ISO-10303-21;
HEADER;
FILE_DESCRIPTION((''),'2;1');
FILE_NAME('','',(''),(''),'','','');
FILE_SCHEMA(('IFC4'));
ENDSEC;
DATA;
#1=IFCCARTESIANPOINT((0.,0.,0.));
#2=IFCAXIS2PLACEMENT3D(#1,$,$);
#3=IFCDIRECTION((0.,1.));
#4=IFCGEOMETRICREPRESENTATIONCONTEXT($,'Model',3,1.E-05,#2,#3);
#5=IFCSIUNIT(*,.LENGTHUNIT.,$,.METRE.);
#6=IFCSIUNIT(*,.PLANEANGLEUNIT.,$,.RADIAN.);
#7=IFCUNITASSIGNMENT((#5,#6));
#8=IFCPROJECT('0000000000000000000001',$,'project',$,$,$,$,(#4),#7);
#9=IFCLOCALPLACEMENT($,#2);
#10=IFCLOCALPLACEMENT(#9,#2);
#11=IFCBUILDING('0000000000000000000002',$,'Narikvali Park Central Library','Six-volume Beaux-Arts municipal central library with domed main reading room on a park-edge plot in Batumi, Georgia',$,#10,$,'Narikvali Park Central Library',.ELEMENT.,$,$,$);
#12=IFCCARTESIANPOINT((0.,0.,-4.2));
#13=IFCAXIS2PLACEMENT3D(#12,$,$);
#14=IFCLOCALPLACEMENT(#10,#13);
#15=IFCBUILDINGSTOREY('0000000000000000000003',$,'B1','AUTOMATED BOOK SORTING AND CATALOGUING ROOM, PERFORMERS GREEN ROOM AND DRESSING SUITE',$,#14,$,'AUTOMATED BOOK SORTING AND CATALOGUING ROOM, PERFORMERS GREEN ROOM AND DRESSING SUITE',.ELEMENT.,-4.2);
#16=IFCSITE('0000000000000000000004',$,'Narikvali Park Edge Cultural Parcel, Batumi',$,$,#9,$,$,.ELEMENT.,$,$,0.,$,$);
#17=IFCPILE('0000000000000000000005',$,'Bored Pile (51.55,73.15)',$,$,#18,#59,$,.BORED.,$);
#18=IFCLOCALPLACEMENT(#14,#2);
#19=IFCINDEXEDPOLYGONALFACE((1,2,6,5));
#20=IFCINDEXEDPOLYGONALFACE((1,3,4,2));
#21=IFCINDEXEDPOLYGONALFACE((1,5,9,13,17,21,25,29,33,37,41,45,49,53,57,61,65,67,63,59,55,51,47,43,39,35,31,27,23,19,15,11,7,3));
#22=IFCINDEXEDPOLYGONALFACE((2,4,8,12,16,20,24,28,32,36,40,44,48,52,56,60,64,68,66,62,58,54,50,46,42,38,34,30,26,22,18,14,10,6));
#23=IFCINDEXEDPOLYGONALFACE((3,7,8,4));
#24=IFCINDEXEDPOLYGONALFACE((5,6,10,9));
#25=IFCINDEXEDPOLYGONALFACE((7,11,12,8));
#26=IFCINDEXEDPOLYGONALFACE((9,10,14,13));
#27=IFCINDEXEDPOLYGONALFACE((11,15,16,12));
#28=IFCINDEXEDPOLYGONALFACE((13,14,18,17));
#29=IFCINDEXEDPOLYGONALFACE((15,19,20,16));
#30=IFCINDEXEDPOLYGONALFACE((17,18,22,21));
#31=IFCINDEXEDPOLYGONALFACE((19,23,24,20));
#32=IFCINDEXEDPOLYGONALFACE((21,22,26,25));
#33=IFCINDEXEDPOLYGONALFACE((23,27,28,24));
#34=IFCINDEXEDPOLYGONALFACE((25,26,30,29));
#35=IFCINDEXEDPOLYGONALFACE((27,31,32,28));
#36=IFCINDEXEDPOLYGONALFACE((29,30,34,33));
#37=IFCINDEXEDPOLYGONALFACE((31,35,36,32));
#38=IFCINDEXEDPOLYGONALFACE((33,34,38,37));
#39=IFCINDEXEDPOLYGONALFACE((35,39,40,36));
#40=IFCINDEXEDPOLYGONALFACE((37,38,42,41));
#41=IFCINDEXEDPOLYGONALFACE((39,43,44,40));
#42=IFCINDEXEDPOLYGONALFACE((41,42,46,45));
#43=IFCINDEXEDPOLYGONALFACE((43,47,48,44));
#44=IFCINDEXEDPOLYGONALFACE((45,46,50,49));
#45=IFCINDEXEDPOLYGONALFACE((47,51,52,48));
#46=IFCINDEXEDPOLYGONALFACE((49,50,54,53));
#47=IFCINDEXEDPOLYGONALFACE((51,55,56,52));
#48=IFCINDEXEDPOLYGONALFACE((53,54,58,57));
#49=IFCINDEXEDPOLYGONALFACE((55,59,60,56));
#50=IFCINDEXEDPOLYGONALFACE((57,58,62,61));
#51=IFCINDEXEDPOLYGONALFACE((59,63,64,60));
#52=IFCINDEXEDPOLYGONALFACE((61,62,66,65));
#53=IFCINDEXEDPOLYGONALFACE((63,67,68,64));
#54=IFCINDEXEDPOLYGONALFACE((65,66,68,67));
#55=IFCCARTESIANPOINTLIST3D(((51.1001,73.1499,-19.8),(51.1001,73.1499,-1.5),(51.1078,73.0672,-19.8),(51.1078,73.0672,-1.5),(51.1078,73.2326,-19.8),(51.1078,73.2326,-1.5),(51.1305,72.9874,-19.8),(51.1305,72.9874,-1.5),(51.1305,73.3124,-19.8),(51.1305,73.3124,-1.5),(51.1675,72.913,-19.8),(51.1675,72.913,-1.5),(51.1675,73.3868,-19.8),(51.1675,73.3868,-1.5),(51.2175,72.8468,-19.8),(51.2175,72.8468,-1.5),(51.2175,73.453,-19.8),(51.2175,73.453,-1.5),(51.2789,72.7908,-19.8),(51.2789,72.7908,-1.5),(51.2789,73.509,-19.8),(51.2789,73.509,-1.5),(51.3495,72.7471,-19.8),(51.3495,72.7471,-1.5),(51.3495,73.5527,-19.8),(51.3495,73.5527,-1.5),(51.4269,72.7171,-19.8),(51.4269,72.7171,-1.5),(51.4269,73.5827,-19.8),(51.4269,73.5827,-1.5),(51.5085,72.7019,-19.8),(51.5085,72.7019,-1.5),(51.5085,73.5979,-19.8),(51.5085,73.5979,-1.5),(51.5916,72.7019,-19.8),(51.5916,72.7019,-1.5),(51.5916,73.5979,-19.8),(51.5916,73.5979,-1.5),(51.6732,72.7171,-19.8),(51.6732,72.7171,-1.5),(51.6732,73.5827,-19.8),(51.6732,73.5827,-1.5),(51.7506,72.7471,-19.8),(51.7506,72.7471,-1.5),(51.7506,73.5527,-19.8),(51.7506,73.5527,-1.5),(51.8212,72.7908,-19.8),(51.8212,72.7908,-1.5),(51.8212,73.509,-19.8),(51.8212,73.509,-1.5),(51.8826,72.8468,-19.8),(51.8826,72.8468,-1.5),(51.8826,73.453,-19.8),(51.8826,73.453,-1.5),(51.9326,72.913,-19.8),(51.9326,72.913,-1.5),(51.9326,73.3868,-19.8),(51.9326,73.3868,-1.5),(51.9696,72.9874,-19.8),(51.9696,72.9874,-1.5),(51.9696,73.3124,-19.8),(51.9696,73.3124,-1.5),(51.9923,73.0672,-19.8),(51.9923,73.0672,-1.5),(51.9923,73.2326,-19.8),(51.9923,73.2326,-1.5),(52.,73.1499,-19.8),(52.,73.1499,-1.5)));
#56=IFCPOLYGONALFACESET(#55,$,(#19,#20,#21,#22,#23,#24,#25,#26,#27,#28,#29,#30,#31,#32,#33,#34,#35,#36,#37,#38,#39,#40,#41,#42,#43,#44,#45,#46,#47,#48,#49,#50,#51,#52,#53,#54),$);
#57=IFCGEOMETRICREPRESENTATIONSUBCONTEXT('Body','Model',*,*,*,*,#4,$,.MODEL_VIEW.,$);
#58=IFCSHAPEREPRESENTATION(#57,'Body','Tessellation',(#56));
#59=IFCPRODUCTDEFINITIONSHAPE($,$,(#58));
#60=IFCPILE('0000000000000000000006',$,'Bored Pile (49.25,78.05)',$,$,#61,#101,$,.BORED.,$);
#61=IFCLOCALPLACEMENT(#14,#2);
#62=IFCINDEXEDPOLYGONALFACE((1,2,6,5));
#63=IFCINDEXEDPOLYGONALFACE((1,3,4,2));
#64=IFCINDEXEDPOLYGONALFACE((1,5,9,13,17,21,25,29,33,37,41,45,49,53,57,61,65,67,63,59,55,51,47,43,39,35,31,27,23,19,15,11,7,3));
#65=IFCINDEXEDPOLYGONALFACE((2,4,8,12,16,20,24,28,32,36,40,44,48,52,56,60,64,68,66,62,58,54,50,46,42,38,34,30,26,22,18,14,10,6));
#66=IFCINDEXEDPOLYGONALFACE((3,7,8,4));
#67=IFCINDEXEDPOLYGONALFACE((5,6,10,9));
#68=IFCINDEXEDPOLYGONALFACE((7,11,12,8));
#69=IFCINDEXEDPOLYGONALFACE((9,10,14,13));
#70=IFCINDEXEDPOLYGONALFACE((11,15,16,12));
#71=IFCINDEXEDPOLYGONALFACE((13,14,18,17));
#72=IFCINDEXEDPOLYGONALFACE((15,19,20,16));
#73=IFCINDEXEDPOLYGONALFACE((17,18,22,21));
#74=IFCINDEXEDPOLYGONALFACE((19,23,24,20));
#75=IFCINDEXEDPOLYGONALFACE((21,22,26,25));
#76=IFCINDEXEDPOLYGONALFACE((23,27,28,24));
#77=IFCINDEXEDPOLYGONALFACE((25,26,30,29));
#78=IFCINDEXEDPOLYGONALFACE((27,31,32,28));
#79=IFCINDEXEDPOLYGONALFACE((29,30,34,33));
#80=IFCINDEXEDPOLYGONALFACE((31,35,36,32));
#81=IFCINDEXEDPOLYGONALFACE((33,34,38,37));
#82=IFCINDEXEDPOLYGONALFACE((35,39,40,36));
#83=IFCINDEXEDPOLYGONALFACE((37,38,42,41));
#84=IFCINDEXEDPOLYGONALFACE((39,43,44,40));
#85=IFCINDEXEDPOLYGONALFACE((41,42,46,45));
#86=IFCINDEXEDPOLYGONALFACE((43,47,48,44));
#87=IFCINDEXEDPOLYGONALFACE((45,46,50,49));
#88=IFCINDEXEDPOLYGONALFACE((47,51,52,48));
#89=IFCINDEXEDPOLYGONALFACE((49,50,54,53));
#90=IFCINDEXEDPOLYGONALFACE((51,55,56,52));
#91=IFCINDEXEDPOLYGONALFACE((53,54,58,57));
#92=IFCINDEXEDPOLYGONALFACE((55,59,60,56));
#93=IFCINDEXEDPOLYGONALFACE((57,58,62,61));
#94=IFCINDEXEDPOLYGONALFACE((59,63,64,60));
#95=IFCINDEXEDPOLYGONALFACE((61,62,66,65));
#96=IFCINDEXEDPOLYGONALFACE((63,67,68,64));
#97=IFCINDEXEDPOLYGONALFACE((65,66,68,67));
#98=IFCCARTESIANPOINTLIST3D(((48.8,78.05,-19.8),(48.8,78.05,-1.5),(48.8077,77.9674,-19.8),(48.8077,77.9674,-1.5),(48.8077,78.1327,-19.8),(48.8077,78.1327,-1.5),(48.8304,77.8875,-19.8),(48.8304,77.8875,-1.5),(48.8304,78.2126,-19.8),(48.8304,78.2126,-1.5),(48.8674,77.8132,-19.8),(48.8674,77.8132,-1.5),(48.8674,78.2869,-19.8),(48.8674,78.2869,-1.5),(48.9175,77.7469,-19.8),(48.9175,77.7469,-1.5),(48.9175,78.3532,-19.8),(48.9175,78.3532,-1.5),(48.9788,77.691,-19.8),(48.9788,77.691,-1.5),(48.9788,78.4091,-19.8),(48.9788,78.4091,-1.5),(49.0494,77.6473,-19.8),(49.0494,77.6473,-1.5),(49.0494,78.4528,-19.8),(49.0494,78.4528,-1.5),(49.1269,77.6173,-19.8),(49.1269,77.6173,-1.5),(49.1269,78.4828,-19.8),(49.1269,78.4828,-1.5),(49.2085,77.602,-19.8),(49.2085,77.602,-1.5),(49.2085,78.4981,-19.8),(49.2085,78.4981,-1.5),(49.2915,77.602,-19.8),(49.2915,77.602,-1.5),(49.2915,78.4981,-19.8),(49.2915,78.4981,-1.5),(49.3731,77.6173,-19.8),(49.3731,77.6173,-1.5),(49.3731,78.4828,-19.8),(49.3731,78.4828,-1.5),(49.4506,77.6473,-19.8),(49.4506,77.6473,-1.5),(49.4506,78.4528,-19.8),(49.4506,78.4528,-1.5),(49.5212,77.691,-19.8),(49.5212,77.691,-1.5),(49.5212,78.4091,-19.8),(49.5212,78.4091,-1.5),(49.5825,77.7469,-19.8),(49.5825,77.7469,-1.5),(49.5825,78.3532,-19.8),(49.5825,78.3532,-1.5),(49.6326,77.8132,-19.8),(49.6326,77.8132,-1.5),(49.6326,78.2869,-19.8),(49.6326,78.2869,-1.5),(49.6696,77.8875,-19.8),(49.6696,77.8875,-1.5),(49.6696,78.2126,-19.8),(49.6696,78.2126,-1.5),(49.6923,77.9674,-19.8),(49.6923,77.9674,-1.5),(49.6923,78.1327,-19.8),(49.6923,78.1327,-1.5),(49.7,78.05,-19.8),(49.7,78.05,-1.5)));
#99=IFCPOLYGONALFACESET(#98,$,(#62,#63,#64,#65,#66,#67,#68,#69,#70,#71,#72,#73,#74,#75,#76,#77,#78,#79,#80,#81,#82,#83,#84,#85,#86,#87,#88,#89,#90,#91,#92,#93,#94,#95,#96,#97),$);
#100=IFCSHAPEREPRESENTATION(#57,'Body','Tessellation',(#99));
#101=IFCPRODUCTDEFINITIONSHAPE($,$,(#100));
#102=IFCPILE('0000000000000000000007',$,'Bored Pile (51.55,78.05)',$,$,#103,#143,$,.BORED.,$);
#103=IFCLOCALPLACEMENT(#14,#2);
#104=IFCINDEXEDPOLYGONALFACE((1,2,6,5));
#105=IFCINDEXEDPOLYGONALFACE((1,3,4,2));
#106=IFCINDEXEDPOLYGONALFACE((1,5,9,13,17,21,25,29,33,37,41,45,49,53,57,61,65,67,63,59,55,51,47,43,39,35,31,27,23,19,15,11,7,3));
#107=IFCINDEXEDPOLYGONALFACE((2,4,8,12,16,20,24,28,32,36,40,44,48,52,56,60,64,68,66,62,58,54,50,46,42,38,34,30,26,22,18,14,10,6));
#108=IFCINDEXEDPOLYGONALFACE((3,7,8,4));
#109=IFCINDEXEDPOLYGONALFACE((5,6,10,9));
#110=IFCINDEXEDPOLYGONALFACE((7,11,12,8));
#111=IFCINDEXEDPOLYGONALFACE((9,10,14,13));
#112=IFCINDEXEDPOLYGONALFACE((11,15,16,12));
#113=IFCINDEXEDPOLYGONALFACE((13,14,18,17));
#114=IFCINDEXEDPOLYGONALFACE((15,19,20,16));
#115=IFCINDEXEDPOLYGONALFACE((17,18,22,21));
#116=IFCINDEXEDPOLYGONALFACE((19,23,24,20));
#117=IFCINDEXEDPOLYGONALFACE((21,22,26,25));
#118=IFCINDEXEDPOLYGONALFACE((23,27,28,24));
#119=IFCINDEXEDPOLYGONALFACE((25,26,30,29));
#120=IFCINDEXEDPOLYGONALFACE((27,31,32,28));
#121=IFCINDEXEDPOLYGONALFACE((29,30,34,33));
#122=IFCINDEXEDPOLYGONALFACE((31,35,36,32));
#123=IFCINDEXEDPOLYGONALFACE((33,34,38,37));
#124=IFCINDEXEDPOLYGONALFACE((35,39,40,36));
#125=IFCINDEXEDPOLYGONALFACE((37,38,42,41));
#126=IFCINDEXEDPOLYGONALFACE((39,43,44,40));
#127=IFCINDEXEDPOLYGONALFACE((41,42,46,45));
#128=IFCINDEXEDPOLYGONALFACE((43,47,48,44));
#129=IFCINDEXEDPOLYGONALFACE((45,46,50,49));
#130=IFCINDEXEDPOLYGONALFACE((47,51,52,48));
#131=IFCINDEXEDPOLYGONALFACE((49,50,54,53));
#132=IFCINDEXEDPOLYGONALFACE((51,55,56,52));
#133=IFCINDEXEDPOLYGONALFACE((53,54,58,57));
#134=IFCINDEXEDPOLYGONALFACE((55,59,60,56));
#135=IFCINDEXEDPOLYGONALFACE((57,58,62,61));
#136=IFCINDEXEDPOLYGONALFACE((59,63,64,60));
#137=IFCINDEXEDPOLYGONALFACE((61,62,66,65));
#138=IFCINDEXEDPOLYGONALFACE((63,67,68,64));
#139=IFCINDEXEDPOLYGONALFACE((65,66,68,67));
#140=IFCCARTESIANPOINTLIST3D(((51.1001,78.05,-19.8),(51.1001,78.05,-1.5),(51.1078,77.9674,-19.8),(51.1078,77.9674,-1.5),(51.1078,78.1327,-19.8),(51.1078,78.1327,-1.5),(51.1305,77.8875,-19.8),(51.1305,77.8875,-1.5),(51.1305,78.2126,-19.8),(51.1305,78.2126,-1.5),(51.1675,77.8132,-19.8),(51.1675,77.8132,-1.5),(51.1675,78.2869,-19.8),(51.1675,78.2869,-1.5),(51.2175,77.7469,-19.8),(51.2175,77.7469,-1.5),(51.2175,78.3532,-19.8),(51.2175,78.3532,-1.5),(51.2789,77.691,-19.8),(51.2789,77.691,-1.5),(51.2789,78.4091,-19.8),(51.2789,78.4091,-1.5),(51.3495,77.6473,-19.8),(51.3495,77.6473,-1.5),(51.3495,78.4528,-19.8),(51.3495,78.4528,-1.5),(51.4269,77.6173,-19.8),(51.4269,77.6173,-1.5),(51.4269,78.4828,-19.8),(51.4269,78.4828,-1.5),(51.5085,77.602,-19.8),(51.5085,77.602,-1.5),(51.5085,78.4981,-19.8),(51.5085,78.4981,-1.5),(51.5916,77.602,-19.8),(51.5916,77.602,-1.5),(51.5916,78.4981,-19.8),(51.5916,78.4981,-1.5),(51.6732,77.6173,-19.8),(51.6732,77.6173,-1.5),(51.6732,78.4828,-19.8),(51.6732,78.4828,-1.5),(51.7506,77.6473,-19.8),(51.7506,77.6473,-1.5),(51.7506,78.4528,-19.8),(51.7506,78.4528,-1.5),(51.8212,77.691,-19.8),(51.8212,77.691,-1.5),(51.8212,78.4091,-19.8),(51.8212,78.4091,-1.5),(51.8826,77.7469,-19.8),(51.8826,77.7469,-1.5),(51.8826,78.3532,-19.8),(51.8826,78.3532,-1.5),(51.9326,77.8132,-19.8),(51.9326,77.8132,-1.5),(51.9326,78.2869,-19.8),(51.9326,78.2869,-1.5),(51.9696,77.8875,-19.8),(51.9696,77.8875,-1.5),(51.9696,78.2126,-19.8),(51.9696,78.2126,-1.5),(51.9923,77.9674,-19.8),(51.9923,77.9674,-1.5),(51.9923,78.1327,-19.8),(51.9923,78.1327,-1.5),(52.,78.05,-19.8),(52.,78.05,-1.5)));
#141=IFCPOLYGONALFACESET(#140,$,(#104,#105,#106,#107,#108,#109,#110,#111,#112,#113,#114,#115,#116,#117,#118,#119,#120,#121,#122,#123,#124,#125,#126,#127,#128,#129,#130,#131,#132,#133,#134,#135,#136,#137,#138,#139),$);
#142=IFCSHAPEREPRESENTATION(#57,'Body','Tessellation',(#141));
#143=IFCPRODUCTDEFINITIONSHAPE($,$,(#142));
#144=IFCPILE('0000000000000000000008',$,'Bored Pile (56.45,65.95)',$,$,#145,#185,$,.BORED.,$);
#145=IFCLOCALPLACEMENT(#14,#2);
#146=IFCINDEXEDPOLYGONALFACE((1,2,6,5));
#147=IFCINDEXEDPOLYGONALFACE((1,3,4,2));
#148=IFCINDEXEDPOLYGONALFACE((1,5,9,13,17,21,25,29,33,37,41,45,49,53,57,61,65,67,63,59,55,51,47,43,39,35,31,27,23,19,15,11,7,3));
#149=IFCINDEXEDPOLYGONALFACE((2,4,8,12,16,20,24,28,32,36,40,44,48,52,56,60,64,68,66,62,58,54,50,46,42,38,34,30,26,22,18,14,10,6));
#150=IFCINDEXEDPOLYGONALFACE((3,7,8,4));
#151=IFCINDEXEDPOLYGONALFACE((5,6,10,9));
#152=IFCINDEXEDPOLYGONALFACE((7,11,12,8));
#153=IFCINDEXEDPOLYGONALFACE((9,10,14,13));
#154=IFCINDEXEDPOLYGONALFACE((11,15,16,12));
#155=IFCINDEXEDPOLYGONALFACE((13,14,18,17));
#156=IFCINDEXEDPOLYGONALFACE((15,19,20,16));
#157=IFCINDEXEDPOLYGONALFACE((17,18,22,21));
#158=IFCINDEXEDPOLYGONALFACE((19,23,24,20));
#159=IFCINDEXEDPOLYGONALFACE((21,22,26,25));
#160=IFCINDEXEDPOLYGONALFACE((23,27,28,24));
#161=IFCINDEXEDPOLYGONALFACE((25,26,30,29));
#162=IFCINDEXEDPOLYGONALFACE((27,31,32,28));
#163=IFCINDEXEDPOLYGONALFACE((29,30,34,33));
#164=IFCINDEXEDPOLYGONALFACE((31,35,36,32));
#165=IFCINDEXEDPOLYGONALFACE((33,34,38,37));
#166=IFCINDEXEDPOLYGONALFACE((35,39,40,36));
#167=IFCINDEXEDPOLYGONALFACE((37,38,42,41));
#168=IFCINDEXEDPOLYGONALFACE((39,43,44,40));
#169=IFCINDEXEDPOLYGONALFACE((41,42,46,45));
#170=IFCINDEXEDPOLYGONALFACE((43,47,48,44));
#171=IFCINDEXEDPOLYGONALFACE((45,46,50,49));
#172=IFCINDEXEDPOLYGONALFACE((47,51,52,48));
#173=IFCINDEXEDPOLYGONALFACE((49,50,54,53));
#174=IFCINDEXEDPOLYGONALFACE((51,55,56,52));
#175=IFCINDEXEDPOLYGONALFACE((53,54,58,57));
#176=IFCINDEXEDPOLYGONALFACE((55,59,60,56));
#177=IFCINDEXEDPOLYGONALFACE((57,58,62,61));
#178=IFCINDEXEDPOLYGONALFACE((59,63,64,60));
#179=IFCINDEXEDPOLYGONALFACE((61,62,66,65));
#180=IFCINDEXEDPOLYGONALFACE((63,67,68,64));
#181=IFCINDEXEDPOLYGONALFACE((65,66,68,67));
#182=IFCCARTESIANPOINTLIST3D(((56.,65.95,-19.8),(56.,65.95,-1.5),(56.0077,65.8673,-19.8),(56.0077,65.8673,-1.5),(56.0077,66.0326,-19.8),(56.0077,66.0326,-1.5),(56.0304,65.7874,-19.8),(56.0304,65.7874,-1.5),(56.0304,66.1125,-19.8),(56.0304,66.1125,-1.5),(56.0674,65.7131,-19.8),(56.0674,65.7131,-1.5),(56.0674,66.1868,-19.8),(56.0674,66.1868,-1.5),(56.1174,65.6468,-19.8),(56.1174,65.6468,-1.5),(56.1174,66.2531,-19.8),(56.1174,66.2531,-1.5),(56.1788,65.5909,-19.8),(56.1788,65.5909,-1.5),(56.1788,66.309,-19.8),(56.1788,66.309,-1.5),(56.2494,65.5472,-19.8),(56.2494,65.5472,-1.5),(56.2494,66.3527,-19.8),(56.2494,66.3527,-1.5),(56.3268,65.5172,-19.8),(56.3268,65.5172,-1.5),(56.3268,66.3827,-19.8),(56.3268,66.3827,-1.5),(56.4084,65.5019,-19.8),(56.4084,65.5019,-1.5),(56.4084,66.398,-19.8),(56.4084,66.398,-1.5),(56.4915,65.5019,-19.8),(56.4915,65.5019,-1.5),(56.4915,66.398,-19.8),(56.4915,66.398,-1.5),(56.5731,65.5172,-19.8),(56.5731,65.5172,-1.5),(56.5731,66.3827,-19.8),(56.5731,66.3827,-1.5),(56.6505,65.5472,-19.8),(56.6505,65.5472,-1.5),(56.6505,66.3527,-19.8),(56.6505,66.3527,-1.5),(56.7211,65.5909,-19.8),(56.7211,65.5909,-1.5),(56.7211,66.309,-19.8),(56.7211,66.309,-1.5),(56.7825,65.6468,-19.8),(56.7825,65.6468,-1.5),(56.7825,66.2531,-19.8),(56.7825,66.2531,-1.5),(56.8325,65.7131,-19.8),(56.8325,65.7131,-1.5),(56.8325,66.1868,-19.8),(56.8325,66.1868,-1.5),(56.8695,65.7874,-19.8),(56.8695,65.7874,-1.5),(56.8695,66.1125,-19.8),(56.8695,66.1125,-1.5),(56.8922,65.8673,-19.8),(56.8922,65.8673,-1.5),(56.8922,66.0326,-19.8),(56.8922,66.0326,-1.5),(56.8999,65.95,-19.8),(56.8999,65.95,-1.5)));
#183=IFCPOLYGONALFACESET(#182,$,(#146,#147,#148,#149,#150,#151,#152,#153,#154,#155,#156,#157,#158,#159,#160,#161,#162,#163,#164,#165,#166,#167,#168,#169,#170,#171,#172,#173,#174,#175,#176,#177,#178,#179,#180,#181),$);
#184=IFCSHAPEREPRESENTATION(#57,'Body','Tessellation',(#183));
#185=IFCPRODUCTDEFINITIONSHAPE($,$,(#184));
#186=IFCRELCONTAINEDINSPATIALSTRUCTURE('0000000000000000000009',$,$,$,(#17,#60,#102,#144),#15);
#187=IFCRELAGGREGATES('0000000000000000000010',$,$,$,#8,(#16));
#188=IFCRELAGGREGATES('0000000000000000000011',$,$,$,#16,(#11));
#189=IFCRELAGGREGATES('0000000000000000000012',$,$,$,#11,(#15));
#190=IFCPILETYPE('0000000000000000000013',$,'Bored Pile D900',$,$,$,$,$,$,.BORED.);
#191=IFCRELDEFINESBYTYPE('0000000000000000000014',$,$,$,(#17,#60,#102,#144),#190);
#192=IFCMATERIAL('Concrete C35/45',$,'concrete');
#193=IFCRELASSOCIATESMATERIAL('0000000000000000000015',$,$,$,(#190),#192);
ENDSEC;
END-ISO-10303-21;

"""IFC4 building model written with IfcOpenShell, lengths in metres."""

from ifc_helpers import new_model, si_unit, direction, frame, origin, origin_2d, place, context, subcontext, project, spatial, circle, extrude, material, material_profile, profile_set, type_object, element, save


model = new_model("IFC4")

# Units and contexts
model_context = context("Model", 3, precision=1e-05, world=origin(), true_north=direction((0.0, 1.0)))
body_context = subcontext(model_context, "Body", "Model", "MODEL_VIEW")
ifc_project = project(units=[si_unit("LENGTHUNIT", "METRE"), si_unit("PLANEANGLEUNIT", "RADIAN")], contexts=[model_context])

# Site, building, storey
site_placement = place(None, origin())
site = spatial("IfcSite", under=ifc_project, at=site_placement, Name="Narikvali Park Edge Cultural Parcel, Batumi", CompositionType="ELEMENT", RefElevation=0.0)
building_placement = place(site_placement, origin())
building = spatial("IfcBuilding", under=site, at=building_placement, Name="Narikvali Park Central Library", Description="Six-volume Beaux-Arts municipal central library with domed main reading room on a park-edge plot in Batumi, Georgia", LongName="Narikvali Park Central Library", CompositionType="ELEMENT")
storey_placement = place(building_placement, frame((0.0, 0.0, -4.2)))
storey = spatial("IfcBuildingStorey", under=building, at=storey_placement, Name="B1", Description="AUTOMATED BOOK SORTING AND CATALOGUING ROOM, PERFORMERS GREEN ROOM AND DRESSING SUITE", LongName="AUTOMATED BOOK SORTING AND CATALOGUING ROOM, PERFORMERS GREEN ROOM AND DRESSING SUITE", CompositionType="ELEMENT", Elevation=-4.2)

# Piles
ifc_material_1 = material(Name="Concrete C35/45", Category="concrete")
ifc_material_profile_1 = material_profile(ifc_material_1, circle(Radius=0.45, at=origin_2d()), Name="PILE D900")
ifc_profile_set_1 = profile_set([ifc_material_profile_1], Name="Concrete C35/45")
pile_type = type_object("IfcPileType", Name="Bored Pile D900", PredefinedType="BORED", material=ifc_profile_set_1)
for number, where, z_axis, x_axis, name in (
    (1, (51.55, 73.1499, -1.5), (0.0, 0.0, -1.0), (1.0, 0.0, 0.0), "Bored Pile (51.55,73.15)"),
    (2, (49.25, 78.05, -1.5), (0.0, 0.0, -1.0), (1.0, 0.0, 0.0), "Bored Pile (49.25,78.05)"),
    (3, (51.55, 78.05, -1.5), (0.0, 0.0, -1.0), (1.0, 0.0, 0.0), "Bored Pile (51.55,78.05)"),
    (4, (56.45, 65.95, -1.5), (0.0, 0.0, -1.0), (1.0, 0.0, 0.0), "Bored Pile (56.45,65.95)"),
):
    element("IfcPile", number, at=place(storey_placement, frame(where, z_axis=z_axis, x_axis=x_axis)), inside=storey, type_object=pile_type, Name=name, PredefinedType="BORED", context=body_context, shape_type="SweptSolid", body=[
        extrude(circle(Radius=0.45, at=origin_2d()), origin(), (0.0, 0.0, 1.0), 18.3),
    ])

save(model, "model.ifc")
